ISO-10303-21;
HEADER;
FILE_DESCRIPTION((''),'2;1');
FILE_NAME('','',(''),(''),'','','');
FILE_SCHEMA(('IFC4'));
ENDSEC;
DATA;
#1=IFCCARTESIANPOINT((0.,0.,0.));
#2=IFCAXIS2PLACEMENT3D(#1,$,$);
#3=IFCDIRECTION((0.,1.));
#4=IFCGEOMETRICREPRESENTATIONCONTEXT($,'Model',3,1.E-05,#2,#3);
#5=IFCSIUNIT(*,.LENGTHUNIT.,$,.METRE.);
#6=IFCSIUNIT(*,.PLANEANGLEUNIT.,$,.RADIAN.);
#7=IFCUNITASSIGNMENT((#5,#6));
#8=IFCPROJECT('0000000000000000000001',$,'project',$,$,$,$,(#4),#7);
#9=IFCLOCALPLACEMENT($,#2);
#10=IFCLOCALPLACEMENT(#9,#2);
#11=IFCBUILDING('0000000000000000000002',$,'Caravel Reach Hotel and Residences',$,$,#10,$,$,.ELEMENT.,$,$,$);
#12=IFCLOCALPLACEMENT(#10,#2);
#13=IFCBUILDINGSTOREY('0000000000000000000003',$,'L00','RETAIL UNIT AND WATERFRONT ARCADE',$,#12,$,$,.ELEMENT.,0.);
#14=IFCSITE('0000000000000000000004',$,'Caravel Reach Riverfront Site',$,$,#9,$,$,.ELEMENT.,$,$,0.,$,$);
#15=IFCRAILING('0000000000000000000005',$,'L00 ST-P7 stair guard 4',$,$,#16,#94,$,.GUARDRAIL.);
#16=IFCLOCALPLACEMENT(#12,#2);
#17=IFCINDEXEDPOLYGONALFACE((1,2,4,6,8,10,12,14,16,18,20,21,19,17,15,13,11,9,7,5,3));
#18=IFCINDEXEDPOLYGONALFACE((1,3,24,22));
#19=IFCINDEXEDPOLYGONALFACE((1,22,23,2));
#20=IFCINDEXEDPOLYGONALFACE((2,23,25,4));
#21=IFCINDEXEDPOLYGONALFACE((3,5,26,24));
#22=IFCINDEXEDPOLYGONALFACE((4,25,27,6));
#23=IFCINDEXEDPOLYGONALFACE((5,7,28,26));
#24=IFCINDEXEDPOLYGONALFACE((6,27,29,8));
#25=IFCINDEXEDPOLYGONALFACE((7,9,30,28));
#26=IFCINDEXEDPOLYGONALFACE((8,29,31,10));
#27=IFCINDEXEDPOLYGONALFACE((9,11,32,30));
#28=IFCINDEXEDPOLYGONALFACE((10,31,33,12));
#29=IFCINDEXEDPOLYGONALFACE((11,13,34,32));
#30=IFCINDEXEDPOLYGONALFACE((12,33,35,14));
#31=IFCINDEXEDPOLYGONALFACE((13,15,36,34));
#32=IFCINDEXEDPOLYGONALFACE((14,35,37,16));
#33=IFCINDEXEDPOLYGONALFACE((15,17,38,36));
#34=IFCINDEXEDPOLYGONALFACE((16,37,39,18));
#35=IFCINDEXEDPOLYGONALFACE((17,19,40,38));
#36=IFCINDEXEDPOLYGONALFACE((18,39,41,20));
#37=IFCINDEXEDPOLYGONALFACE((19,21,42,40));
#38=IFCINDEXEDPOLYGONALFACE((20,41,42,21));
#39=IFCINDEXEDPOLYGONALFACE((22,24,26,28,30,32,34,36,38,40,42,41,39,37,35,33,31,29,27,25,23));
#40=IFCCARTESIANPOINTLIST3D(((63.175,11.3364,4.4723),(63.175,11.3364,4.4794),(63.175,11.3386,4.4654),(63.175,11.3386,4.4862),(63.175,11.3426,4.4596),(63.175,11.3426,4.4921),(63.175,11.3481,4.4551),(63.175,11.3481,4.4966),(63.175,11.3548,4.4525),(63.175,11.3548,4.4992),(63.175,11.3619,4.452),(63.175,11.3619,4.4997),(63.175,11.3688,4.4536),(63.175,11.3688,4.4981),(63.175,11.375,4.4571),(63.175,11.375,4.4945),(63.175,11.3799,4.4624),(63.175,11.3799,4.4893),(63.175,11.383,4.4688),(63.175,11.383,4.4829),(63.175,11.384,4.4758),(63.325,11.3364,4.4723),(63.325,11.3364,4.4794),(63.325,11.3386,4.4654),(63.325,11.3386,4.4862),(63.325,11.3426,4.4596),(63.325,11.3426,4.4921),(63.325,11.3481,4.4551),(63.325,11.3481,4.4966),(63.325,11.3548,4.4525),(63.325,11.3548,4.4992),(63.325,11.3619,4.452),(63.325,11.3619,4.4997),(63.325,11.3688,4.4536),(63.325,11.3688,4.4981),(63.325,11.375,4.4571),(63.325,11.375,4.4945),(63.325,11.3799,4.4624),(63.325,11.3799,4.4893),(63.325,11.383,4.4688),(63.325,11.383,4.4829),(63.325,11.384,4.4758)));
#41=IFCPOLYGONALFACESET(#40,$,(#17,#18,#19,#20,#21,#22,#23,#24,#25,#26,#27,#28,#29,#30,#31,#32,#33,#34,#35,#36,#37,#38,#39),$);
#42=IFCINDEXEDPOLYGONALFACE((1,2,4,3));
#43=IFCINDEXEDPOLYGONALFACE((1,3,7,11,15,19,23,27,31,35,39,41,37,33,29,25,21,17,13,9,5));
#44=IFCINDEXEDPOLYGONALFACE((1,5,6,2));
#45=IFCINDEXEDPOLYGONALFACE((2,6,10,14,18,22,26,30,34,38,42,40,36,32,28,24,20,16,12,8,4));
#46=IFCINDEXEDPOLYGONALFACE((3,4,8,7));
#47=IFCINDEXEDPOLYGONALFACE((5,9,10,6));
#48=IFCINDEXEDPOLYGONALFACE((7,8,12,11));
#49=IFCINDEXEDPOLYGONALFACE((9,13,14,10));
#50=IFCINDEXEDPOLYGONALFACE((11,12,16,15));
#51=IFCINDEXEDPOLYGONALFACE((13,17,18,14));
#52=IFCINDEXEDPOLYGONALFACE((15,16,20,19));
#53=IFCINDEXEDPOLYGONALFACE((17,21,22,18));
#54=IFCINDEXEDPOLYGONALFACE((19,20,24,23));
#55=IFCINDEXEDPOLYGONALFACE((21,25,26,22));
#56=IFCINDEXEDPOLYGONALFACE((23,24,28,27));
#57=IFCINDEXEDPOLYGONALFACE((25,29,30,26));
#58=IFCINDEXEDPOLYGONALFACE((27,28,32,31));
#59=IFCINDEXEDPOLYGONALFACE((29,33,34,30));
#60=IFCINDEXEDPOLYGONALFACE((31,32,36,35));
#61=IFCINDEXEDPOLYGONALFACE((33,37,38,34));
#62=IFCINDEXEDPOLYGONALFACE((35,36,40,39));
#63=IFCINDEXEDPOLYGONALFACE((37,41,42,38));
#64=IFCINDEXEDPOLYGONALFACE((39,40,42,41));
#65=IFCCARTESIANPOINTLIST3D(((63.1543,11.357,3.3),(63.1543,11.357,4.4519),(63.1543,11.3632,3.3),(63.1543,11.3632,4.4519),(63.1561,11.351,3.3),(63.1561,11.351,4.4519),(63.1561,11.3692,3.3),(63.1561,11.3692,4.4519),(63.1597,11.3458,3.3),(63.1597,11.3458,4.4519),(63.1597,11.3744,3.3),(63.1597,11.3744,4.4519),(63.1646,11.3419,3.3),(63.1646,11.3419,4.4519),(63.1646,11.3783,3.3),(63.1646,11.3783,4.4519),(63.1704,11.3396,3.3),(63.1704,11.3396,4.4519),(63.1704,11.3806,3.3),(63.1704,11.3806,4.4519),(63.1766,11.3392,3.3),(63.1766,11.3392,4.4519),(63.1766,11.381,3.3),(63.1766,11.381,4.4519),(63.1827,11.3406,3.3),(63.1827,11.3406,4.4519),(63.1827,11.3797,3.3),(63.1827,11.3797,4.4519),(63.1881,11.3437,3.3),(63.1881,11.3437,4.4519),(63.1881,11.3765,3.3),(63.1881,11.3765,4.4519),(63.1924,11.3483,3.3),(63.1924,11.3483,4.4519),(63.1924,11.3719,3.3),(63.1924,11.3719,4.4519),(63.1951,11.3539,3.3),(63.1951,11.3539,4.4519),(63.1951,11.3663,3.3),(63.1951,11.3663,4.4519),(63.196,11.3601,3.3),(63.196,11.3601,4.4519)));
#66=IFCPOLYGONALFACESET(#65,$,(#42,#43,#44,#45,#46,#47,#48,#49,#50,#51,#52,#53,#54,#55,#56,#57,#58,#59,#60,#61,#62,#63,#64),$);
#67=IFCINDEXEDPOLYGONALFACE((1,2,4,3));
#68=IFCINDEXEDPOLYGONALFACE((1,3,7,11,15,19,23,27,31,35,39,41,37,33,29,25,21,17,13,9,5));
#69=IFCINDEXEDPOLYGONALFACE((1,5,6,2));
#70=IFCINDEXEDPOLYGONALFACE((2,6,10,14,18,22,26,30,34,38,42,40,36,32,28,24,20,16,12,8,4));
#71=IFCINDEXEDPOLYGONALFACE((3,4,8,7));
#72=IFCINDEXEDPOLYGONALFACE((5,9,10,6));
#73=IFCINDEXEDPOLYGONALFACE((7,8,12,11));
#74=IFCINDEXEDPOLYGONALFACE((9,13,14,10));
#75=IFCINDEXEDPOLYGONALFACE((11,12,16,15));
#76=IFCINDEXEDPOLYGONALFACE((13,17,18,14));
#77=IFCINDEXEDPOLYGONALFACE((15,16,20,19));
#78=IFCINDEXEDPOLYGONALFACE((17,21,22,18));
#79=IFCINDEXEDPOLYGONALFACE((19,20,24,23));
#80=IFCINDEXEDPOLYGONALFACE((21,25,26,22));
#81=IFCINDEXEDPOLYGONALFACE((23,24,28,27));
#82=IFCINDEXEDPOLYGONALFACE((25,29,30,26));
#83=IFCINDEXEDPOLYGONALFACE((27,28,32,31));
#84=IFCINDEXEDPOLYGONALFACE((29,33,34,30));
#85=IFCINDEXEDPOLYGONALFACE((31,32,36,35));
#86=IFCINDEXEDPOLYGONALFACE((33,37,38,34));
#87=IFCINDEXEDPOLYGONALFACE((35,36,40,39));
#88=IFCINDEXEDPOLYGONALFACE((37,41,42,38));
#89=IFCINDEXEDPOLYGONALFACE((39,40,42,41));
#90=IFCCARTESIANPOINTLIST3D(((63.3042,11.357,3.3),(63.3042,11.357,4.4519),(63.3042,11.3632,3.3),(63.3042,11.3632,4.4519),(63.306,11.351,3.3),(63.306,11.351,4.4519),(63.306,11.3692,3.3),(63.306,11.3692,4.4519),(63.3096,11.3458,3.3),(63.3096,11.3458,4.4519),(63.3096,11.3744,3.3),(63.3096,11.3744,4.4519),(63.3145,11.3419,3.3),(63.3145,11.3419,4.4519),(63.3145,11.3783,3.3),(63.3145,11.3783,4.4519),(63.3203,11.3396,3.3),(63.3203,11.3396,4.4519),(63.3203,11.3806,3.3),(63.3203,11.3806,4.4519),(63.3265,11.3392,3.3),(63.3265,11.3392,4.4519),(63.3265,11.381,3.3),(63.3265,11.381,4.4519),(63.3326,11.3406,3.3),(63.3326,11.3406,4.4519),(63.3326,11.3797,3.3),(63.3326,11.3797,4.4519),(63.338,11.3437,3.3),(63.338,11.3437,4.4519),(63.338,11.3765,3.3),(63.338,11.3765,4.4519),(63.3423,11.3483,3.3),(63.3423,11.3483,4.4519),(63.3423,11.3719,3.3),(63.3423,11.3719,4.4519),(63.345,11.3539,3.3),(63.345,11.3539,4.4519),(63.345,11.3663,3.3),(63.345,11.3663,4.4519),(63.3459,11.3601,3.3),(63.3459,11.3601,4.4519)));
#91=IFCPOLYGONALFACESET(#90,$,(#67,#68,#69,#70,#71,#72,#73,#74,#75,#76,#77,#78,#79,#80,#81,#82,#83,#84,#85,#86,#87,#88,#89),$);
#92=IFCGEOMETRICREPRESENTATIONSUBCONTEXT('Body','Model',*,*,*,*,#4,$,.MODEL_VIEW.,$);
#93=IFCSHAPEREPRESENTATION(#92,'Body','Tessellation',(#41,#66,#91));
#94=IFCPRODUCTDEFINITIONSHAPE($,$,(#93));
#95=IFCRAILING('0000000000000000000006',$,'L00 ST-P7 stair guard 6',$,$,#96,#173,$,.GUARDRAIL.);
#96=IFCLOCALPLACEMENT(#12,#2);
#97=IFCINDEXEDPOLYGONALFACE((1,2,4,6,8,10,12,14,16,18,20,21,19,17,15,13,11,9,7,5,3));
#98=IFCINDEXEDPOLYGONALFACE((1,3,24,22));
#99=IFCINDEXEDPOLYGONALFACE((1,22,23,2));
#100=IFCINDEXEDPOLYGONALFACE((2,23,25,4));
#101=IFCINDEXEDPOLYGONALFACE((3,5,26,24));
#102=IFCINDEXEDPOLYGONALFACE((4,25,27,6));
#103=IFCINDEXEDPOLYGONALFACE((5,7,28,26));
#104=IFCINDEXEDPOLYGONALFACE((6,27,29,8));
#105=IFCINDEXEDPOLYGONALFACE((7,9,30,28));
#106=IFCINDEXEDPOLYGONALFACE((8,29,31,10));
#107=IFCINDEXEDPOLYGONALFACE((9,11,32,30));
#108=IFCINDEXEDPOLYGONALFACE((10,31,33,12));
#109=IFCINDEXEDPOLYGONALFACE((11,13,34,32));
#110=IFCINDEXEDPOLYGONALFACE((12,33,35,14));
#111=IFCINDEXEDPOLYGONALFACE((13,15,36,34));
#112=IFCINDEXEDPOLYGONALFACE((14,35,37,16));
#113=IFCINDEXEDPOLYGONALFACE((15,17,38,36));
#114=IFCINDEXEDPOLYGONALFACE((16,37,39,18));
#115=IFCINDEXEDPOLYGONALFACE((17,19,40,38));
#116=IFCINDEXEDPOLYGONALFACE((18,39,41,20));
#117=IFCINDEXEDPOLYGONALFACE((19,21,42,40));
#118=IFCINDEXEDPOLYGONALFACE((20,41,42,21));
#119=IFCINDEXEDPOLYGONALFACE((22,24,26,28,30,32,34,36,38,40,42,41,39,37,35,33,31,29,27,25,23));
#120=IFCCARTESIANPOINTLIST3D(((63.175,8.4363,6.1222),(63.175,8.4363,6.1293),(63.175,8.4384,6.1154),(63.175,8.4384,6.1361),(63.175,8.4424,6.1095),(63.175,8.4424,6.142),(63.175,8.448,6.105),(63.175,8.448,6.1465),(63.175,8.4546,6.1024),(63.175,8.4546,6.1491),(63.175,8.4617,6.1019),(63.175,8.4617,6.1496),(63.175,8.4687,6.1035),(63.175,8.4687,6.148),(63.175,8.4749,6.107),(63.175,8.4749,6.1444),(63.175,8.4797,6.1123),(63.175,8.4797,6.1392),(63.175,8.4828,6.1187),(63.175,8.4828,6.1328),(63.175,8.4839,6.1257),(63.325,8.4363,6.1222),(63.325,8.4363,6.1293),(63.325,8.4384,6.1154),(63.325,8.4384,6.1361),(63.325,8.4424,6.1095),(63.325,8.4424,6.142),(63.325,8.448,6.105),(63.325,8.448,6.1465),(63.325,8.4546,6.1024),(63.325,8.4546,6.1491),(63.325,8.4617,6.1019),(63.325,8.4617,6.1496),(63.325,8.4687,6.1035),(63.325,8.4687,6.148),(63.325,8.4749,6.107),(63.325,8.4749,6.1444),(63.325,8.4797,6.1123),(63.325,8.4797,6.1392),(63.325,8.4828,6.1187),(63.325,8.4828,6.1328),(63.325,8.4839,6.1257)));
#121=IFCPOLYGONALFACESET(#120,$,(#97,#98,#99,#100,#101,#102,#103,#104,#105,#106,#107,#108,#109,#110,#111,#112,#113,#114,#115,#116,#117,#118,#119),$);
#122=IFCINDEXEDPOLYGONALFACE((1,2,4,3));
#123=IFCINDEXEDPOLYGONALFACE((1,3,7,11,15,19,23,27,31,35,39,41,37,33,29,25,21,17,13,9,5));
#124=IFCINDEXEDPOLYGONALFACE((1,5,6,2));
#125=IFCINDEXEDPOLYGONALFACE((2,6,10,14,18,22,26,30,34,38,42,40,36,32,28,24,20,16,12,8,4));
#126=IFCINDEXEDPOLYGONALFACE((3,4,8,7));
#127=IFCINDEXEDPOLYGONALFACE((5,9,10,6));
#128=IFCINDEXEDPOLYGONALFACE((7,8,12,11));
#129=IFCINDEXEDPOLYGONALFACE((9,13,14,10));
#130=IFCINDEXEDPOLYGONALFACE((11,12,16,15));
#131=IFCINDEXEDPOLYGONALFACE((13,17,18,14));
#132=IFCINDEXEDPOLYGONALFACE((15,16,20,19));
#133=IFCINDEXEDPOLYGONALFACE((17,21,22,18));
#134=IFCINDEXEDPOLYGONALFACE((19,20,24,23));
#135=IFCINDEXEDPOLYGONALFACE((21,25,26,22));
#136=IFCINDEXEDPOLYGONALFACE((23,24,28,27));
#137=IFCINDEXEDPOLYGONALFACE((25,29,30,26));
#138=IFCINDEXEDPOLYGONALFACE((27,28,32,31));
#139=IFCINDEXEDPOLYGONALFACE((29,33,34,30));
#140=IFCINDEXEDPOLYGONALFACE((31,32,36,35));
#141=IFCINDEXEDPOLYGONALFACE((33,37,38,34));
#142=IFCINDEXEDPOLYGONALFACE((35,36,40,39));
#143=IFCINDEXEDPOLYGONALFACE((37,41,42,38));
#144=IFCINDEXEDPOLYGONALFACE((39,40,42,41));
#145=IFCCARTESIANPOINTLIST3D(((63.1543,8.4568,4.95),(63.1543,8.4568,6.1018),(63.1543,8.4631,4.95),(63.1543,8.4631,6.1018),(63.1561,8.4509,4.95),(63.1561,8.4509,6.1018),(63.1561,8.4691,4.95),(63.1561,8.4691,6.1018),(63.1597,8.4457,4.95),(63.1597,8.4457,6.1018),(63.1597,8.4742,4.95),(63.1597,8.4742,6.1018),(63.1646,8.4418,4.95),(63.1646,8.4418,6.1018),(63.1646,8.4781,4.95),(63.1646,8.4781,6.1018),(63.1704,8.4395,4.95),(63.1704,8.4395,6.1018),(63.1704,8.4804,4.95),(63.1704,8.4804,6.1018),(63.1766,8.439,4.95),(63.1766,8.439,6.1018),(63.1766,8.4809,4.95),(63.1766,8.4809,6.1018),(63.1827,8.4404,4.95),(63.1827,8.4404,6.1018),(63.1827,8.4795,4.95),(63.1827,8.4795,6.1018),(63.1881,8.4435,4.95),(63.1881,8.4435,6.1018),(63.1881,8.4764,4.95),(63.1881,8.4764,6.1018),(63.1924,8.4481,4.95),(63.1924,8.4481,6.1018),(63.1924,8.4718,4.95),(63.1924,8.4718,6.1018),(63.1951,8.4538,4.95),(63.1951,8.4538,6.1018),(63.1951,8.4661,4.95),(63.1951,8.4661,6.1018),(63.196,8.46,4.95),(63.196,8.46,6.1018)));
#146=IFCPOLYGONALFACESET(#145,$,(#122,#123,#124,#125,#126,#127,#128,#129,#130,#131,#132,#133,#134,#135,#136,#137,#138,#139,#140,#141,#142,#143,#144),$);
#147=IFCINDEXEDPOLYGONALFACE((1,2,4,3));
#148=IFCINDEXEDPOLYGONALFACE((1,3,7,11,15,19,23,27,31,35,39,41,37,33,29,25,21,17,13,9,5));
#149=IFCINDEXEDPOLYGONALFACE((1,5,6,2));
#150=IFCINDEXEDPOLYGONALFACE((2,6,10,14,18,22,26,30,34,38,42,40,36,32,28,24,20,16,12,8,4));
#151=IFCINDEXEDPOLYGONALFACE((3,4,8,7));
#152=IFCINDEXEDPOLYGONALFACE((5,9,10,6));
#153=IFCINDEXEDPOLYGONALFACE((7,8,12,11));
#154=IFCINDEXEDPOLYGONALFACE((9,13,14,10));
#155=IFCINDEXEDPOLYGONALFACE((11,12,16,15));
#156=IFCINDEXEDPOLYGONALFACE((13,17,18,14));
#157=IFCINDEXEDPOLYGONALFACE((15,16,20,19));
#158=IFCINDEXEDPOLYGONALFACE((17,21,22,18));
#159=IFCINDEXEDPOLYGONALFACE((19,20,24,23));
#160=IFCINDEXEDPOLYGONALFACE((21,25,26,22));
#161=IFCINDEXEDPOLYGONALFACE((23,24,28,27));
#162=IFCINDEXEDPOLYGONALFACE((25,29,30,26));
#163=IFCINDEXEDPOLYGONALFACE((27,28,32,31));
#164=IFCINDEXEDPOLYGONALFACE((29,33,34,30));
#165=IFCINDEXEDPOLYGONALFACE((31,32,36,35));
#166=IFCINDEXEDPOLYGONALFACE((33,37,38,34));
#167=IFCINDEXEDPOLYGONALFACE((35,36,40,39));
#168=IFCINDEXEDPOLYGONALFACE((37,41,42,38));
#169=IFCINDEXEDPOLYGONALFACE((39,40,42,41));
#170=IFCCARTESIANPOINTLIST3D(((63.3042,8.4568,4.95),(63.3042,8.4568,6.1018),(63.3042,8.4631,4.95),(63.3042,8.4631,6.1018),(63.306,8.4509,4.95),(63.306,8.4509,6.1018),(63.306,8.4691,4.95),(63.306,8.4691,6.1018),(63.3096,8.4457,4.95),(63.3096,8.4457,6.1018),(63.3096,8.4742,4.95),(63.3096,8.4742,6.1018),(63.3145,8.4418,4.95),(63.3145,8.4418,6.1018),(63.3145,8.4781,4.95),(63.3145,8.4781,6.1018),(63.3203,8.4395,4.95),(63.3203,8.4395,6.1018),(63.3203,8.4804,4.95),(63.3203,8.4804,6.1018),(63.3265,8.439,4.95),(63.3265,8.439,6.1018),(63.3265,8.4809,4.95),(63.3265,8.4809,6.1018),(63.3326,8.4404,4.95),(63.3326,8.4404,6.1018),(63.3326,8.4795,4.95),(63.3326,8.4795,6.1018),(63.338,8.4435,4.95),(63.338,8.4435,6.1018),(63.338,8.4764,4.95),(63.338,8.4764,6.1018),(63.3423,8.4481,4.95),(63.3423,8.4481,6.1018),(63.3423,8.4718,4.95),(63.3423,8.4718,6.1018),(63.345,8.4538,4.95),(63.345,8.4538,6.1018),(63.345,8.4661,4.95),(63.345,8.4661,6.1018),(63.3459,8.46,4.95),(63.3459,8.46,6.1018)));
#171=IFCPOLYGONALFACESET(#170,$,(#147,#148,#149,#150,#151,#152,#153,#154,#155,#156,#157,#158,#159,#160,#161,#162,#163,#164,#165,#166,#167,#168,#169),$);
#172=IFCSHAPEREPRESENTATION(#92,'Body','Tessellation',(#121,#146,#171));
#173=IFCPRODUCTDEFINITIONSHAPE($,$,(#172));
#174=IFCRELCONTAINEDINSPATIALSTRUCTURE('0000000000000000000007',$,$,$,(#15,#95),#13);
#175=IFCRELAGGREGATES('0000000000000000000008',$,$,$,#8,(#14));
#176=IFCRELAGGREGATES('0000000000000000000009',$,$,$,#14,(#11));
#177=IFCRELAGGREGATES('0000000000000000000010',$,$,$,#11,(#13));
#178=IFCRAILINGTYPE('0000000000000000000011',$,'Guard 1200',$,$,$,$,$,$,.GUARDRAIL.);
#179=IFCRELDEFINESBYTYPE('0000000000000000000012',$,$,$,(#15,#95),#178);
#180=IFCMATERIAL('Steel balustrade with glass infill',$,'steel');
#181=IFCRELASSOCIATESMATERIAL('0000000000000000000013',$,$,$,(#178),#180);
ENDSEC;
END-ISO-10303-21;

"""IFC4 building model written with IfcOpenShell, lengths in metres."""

from ifc_helpers import new_model, si_unit, direction, frame, origin, origin_2d, place, context, subcontext, project, spatial, circle, extrude, material, type_object, element, save


model = new_model("IFC4")

# Units and contexts
model_context = context("Model", 3, precision=1e-05, world=origin(), true_north=direction((0.0, 1.0)))
body_context = subcontext(model_context, "Body", "Model", "MODEL_VIEW")
ifc_project = project(units=[si_unit("LENGTHUNIT", "METRE"), si_unit("PLANEANGLEUNIT", "RADIAN")], contexts=[model_context])

# Site, building, storey
site_placement = place(None, origin())
site = spatial("IfcSite", under=ifc_project, at=site_placement, Name="Caravel Reach Riverfront Site", CompositionType="ELEMENT", RefElevation=0.0)
building_placement = place(site_placement, origin())
building = spatial("IfcBuilding", under=site, at=building_placement, Name="Caravel Reach Hotel and Residences", CompositionType="ELEMENT")
storey_placement = place(building_placement, origin())
storey = spatial("IfcBuildingStorey", under=building, at=storey_placement, Name="L00", Description="RETAIL UNIT AND WATERFRONT ARCADE", CompositionType="ELEMENT", Elevation=0.0)

# Railings
ifc_material_1 = material(Name="Steel balustrade with glass infill", Category="steel")
railing_type_1 = type_object("IfcRailingType", Name="Guard 1200", PredefinedType="GUARDRAIL", material=ifc_material_1)
for number, where, name in (
    (1, (63.175, 11.3601, 3.3), "L00 ST-P7 stair guard 4"),
    (2, (63.175, 8.46, 4.95), "L00 ST-P7 stair guard 6"),
):
    element("IfcRailing", number, at=place(storey_placement, frame(where)), inside=storey, type_object=railing_type_1, Name=name, PredefinedType="GUARDRAIL", context=body_context, shape_type="SweptSolid", body=[
        extrude(circle(Radius=0.0239, at=origin_2d()), frame((0.0, 0.0, 1.1758), z_axis=(1.0, 0.0, 0.0), x_axis=(0.0, 1.0, 0.0)), (0.0, 0.0, 1.0), 0.1499),
        extrude(circle(Radius=0.021, at=origin_2d()), origin(), (0.0, 0.0, 1.0), 1.1519),
        extrude(circle(Radius=0.021, at=origin_2d()), frame((0.1499, 0.0, 0.0)), (0.0, 0.0, 1.0), 1.1519),
    ])

save(model, "model.ifc")
